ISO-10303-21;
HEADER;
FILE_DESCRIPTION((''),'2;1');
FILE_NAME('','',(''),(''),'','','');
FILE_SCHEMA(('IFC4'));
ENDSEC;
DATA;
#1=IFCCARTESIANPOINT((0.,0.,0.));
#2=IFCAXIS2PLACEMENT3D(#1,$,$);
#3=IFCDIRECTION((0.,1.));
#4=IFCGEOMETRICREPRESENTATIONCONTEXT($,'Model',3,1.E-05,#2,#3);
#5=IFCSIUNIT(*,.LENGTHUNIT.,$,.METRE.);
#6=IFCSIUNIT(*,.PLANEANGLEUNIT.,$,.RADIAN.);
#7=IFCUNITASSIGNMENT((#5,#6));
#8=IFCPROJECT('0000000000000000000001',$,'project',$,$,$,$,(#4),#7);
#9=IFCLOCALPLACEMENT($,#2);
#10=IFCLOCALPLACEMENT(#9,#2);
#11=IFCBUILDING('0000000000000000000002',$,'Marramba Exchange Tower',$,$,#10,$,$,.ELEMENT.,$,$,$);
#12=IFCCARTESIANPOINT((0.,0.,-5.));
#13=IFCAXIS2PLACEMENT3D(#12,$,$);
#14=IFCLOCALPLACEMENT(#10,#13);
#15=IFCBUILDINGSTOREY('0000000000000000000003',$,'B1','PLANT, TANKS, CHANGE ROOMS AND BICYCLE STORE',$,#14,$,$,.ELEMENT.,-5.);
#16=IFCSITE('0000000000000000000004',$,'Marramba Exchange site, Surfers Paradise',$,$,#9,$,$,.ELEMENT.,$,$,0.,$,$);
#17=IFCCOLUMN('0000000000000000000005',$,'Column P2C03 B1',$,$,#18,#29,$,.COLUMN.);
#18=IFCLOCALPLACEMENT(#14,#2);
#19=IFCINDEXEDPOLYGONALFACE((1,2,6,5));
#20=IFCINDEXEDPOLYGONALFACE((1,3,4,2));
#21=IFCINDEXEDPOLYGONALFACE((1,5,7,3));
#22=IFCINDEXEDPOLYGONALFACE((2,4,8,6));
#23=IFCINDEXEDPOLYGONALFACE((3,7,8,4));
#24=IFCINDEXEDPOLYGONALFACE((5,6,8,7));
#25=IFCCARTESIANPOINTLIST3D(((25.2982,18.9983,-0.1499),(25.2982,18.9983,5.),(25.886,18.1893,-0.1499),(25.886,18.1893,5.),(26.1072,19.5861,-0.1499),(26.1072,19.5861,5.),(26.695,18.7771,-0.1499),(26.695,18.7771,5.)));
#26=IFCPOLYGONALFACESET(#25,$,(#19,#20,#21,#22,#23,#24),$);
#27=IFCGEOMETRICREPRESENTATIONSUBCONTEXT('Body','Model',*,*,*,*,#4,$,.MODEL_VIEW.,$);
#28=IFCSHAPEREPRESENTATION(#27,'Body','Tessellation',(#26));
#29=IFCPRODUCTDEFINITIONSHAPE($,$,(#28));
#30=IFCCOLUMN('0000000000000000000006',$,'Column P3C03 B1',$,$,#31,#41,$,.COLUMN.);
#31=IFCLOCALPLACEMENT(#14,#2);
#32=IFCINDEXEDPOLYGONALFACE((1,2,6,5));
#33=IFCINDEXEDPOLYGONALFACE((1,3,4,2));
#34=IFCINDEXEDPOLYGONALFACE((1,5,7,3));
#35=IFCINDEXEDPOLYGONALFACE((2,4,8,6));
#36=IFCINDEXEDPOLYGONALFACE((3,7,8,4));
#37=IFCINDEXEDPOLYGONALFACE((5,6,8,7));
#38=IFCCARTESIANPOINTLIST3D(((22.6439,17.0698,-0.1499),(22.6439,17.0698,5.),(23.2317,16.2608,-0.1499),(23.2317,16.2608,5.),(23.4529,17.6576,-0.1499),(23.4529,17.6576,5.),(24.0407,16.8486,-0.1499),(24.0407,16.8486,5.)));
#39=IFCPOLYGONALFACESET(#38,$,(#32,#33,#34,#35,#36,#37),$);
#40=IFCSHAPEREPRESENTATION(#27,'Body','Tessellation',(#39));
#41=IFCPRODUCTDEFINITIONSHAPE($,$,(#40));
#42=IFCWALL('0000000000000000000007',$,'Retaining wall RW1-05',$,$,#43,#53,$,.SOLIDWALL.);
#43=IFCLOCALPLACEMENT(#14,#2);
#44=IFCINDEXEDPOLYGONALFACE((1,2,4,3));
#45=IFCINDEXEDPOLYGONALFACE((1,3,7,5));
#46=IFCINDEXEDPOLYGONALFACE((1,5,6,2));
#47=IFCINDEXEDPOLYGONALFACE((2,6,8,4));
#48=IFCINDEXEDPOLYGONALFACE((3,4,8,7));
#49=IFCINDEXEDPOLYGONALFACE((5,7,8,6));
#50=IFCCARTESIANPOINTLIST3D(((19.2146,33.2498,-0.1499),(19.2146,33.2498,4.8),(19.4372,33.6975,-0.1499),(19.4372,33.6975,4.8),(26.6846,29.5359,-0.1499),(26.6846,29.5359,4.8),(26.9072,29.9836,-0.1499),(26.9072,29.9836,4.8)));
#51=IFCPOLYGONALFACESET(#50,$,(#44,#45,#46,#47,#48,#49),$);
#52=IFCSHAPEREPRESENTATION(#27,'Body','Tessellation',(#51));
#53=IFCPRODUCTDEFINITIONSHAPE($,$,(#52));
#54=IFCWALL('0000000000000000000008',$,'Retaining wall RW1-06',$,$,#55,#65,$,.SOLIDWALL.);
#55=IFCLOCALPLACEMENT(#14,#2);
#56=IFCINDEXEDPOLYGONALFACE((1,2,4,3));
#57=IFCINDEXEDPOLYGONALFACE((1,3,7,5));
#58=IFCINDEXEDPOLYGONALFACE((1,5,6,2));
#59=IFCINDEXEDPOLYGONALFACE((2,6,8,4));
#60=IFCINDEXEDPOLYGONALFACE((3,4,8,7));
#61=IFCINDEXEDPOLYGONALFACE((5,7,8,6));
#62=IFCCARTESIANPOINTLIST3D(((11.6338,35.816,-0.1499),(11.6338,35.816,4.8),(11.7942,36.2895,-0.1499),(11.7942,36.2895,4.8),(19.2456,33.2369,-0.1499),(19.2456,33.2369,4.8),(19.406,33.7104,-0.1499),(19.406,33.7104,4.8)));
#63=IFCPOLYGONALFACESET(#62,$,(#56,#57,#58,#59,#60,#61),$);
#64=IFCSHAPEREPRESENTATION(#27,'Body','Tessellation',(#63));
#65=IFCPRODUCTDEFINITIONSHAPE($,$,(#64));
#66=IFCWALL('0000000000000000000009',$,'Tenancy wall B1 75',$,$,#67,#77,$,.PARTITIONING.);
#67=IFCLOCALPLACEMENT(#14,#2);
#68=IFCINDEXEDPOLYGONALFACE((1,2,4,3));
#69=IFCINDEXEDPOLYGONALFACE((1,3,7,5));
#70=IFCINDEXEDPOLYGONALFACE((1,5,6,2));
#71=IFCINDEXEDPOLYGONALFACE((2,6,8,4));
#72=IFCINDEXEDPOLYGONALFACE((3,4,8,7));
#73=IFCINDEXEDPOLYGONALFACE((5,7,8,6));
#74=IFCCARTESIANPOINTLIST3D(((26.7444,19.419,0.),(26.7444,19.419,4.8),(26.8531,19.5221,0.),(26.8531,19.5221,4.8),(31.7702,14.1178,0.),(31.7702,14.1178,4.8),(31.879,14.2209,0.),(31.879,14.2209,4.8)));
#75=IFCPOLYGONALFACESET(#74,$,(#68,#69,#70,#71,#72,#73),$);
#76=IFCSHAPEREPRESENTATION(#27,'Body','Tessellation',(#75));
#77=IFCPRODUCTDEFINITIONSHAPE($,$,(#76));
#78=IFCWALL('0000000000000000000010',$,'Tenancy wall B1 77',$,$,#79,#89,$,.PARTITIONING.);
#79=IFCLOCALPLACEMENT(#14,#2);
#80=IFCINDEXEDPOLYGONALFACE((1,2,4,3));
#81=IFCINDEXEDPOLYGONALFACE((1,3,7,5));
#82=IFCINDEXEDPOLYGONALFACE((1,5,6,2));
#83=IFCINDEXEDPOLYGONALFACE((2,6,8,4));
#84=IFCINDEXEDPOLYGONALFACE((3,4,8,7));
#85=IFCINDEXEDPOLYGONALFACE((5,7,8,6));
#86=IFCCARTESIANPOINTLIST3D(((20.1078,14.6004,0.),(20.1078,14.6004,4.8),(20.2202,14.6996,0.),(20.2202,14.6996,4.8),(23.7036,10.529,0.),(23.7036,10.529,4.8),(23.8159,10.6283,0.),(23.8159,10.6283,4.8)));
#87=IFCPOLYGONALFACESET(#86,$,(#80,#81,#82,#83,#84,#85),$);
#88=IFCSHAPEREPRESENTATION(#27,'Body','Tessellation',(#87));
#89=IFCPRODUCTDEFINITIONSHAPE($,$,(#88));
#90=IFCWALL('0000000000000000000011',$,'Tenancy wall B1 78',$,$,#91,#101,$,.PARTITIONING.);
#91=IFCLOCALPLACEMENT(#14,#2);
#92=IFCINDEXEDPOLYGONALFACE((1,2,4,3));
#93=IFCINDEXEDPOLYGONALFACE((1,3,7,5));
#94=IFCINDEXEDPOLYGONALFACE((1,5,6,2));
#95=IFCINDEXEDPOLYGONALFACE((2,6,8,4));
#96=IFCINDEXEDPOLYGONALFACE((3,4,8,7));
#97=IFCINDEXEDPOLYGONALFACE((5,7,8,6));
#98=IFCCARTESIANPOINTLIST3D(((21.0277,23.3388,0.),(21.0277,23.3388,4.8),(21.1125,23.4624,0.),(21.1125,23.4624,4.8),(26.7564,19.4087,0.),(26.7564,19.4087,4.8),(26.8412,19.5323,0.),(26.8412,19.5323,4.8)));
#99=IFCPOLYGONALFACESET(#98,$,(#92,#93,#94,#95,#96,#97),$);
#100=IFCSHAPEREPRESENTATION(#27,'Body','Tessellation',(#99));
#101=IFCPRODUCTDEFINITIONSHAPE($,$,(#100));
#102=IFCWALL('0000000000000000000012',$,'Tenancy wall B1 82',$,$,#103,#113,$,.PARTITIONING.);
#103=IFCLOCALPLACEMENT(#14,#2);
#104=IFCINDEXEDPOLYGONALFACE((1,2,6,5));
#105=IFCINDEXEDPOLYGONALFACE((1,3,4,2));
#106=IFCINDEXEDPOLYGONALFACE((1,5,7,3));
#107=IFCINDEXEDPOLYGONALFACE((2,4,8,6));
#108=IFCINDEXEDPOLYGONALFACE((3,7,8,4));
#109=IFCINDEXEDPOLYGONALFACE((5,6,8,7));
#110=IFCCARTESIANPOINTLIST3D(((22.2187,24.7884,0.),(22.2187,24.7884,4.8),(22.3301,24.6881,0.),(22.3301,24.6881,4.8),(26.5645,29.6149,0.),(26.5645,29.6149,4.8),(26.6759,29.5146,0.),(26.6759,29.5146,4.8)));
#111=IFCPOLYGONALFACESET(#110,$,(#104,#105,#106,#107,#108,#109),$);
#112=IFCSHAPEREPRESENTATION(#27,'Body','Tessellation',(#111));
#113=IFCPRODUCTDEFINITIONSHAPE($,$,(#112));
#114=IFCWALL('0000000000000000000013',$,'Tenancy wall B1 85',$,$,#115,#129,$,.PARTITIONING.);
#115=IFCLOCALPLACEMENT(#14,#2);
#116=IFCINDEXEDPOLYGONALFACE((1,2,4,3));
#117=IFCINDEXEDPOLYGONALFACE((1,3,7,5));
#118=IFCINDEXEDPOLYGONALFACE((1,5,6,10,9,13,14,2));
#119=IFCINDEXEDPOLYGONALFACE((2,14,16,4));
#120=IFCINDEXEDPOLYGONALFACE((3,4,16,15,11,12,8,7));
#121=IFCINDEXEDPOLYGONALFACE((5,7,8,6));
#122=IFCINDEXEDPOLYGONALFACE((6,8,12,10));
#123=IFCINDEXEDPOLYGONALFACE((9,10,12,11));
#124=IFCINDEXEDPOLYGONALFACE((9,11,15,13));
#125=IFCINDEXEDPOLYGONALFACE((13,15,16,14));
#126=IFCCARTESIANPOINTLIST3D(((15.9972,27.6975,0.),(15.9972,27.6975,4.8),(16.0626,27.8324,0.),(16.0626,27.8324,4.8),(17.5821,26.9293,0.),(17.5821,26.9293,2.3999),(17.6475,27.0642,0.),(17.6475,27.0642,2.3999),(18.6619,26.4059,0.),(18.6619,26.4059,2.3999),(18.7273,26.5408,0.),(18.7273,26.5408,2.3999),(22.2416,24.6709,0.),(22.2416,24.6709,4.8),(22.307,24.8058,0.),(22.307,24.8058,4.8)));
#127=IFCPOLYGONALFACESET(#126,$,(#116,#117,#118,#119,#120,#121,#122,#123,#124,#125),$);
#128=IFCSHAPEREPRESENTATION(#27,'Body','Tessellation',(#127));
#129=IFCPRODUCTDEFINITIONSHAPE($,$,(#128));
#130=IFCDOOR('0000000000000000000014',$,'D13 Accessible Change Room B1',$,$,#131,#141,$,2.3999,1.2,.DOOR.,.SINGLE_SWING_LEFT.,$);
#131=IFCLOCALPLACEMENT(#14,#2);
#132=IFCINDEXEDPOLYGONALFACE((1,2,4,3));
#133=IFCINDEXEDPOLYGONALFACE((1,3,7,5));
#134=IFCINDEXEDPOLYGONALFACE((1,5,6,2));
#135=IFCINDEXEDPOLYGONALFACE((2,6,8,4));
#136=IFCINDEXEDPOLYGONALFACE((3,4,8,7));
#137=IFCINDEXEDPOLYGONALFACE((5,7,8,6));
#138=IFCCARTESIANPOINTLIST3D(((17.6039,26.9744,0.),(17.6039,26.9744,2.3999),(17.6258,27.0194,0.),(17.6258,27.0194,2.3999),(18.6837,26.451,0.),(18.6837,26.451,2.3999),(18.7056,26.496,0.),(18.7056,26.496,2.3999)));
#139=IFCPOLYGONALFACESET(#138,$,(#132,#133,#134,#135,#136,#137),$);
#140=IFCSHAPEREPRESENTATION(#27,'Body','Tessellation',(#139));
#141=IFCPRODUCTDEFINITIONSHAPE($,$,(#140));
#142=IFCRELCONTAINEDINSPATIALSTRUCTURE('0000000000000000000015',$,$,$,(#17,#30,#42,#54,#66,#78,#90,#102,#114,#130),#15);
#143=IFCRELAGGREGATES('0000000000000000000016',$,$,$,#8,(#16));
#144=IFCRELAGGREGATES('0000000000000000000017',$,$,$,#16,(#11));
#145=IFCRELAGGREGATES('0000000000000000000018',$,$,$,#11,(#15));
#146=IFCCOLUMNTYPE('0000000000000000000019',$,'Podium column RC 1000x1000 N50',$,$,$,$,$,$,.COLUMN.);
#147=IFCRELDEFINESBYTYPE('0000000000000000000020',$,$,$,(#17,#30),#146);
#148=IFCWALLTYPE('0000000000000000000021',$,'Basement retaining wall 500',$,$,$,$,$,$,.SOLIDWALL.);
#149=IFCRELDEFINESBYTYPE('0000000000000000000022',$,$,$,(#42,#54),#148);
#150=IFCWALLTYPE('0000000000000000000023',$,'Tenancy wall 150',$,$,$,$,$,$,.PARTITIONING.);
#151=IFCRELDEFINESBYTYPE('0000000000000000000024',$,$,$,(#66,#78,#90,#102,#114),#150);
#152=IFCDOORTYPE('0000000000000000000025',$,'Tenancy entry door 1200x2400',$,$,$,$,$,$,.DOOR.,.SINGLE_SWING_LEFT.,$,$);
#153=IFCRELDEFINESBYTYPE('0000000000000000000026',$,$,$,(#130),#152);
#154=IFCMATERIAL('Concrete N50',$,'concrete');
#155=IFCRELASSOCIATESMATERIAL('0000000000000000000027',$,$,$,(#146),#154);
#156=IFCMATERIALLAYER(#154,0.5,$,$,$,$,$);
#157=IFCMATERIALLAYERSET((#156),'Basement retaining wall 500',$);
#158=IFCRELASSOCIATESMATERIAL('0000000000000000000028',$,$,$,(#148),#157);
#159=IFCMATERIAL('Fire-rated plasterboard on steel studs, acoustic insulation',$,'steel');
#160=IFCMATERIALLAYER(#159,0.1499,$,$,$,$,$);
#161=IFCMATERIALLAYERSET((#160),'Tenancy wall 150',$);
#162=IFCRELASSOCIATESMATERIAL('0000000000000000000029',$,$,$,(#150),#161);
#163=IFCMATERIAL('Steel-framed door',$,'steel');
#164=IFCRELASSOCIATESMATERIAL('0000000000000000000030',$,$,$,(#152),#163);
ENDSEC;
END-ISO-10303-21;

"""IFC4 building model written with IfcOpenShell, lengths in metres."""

from ifc_helpers import new_model, si_unit, direction, frame, frame_2d, origin, origin_2d, place, context, subcontext, project, spatial, rectangle, extrude, material, layer, layer_set, material_profile, profile_set, type_object, element, fill, save


model = new_model("IFC4")

# Units and contexts
model_context = context("Model", 3, precision=1e-05, world=origin(), true_north=direction((0.0, 1.0)))
body_context = subcontext(model_context, "Body", "Model", "MODEL_VIEW")
ifc_project = project(units=[si_unit("LENGTHUNIT", "METRE"), si_unit("PLANEANGLEUNIT", "RADIAN")], contexts=[model_context])

# Site, building, storey
site_placement = place(None, origin())
site = spatial("IfcSite", under=ifc_project, at=site_placement, Name="Marramba Exchange site, Surfers Paradise", CompositionType="ELEMENT", RefElevation=0.0)
building_placement = place(site_placement, origin())
building = spatial("IfcBuilding", under=site, at=building_placement, Name="Marramba Exchange Tower", CompositionType="ELEMENT")
storey_placement = place(building_placement, frame((0.0, 0.0, -5.0)))
storey = spatial("IfcBuildingStorey", under=building, at=storey_placement, Name="B1", Description="PLANT, TANKS, CHANGE ROOMS AND BICYCLE STORE", CompositionType="ELEMENT", Elevation=-5.0)

# Shared definitions
ifc_material_1 = material(Name="Concrete N50", Category="concrete")

# Columns
ifc_material_profile_1 = material_profile(ifc_material_1, rectangle(XDim=1.0, YDim=1.0, at=origin_2d()), Name="RC 1000x1000")
ifc_profile_set_1 = profile_set([ifc_material_profile_1], Name="Concrete N50")
column_type = type_object("IfcColumnType", Name="Podium column RC 1000x1000 N50", PredefinedType="COLUMN", material=ifc_profile_set_1)
for number, where, z_axis, x_axis, name in (
    (1, (25.9966, 18.8877, -0.1499), (0.0, 0.0, 1.0), (0.809017, 0.587785, 0.0), "Column P2C03 B1"),
    (2, (23.3423, 16.9592, -0.1499), (0.0, 0.0, 1.0), (0.809017, 0.587785, 0.0), "Column P3C03 B1"),
):
    element("IfcColumn", number, at=place(storey_placement, frame(where, z_axis=z_axis, x_axis=x_axis)), inside=storey, type_object=column_type, Name=name, PredefinedType="COLUMN", context=body_context, shape_type="SweptSolid", body=[
        extrude(rectangle(XDim=1.0, YDim=1.0, at=origin_2d()), origin(), (0.0, 0.0, 1.0), 5.1499),
    ])

# Walls
ifc_layer_1 = layer(ifc_material_1, 0.5)
ifc_layer_set_1 = layer_set([ifc_layer_1], Name="Basement retaining wall 500")
wall_type_1 = type_object("IfcWallType", Name="Basement retaining wall 500", PredefinedType="SOLIDWALL", material=ifc_layer_set_1)
wall_1_placement = place(storey_placement, frame((26.7959, 29.7598, -0.1499), z_axis=(0.0, 0.0, 1.0), x_axis=(-0.895437, 0.445187, 0.0)))
element("IfcWall", 3, at=wall_1_placement, inside=storey, type_object=wall_type_1, Name="Retaining wall RW1-05", PredefinedType="SOLIDWALL", context=body_context, shape_type="SweptSolid", body=[
    extrude(rectangle(XDim=8.3423, YDim=0.5, at=frame_2d((4.1711, 0.0))), origin(), (0.0, 0.0, 1.0), 4.95),
])
wall_2_placement = place(storey_placement, frame((19.3259, 33.4736, -0.1499), z_axis=(0.0, 0.0, 1.0), x_axis=(-0.94711, 0.320908, 0.0)))
element("IfcWall", 4, at=wall_2_placement, inside=storey, type_object=wall_type_1, Name="Retaining wall RW1-06", PredefinedType="SOLIDWALL", context=body_context, shape_type="SweptSolid", body=[
    extrude(rectangle(XDim=8.0369, YDim=0.5, at=frame_2d((4.0186, 0.0))), origin(), (0.0, 0.0, 1.0), 4.95),
])
ifc_material_2 = material(Name="Fire-rated plasterboard on steel studs, acoustic insulation", Category="steel")
ifc_layer_2 = layer(ifc_material_2, 0.1499)
ifc_layer_set_2 = layer_set([ifc_layer_2], Name="Tenancy wall 150")
wall_type_2 = type_object("IfcWallType", Name="Tenancy wall 150", PredefinedType="PARTITIONING", material=ifc_layer_set_2)
wall_3_placement = place(storey_placement, frame((26.7988, 19.4705, 0.0), z_axis=(0.0, 0.0, 1.0), x_axis=(0.688006, -0.725705, 0.0)))
element("IfcWall", 5, at=wall_3_placement, inside=storey, type_object=wall_type_2, Name="Tenancy wall B1 75", PredefinedType="PARTITIONING", context=body_context, shape_type="SweptSolid", body=[
    extrude(rectangle(XDim=7.3049, YDim=0.1499, at=frame_2d((3.6523, 0.0))), origin(), (0.0, 0.0, 1.0), 4.8),
])
wall_4_placement = place(storey_placement, frame((20.1641, 14.6499, 0.0), z_axis=(0.0, 0.0, 1.0), x_axis=(0.661972, -0.749528, 0.0)))
element("IfcWall", 6, at=wall_4_placement, inside=storey, type_object=wall_type_2, Name="Tenancy wall B1 77", PredefinedType="PARTITIONING", context=body_context, shape_type="SweptSolid", body=[
    extrude(rectangle(XDim=5.4319, YDim=0.1499, at=frame_2d((2.7158, 0.0))), origin(), (0.0, 0.0, 1.0), 4.8),
])
wall_5_placement = place(storey_placement, frame((21.0701, 23.4006, 0.0), z_axis=(0.0, 0.0, 1.0), x_axis=(0.824602, -0.565713, 0.0)))
element("IfcWall", 7, at=wall_5_placement, inside=storey, type_object=wall_type_2, Name="Tenancy wall B1 78", PredefinedType="PARTITIONING", context=body_context, shape_type="SweptSolid", body=[
    extrude(rectangle(XDim=6.9473, YDim=0.1499, at=frame_2d((3.4736, 0.0))), origin(), (0.0, 0.0, 1.0), 4.8),
])
wall_6_placement = place(storey_placement, frame((22.2744, 24.7383, 0.0), z_axis=(0.0, 0.0, 1.0), x_axis=(0.669129, 0.743146, 0.0)))
element("IfcWall", 8, at=wall_6_placement, inside=storey, type_object=wall_type_2, Name="Tenancy wall B1 82", PredefinedType="PARTITIONING", context=body_context, shape_type="SweptSolid", body=[
    extrude(rectangle(XDim=6.4946, YDim=0.1499, at=frame_2d((3.2473, 0.0))), origin(), (0.0, 0.0, 1.0), 4.8),
])

# Wall, opening, door
wall_7_placement = place(storey_placement, frame((22.2744, 24.7383, 0.0), z_axis=(0.0, 0.0, 1.0), x_axis=(-0.899869, 0.43616, 0.0)))
wall_7 = element("IfcWall", 9, at=wall_7_placement, inside=storey, type_object=wall_type_2, Name="Tenancy wall B1 85", PredefinedType="PARTITIONING", context=body_context, shape_type="SweptSolid", body=[
    extrude(rectangle(XDim=6.9392, YDim=0.1499, at=frame_2d((3.4697, 0.0))), origin(), (0.0, 0.0, 1.0), 4.8),
])
opening_placement = place(wall_7_placement, frame((3.978, 0.0, 0.0)))
opening = element("IfcOpeningElement", 10, at=opening_placement, cuts=wall_7, PredefinedType="OPENING", context=body_context, shape_type="SweptSolid", body=[
    extrude(rectangle(XDim=1.2, YDim=2.3999, at=frame_2d((0.6001, 1.2))), frame((0.0, 0.085, 0.0), z_axis=(0.0, -1.0, 0.0), x_axis=(1.0, 0.0, 0.0)), (0.0, 0.0, 1.0), 0.1699),
])
ifc_material_3 = material(Name="Steel-framed door", Category="steel")
door_type = type_object("IfcDoorType", Name="Tenancy entry door 1200x2400", OperationType="SINGLE_SWING_LEFT", PredefinedType="DOOR", material=ifc_material_3)
door_placement = place(opening_placement, frame((1.2, 0.0, 0.0), z_axis=(0.0, 0.0, 1.0), x_axis=(-1.0, 0.0, 0.0)))
door = element("IfcDoor", 11, at=door_placement, inside=storey, type_object=door_type, Name="D13 Accessible Change Room B1", OperationType="SINGLE_SWING_LEFT", OverallHeight=2.3999, OverallWidth=1.2, PredefinedType="DOOR", context=body_context, shape_type="SweptSolid", body=[
    extrude(rectangle(XDim=1.2, YDim=2.3999, at=frame_2d((0.5999, 1.2))), frame((0.0, 0.0251, 0.0), z_axis=(0.0, -1.0, 0.0), x_axis=(1.0, 0.0, 0.0)), (0.0, 0.0, 1.0), 0.05),
])
fill(opening, door)

save(model, "model.ifc")
